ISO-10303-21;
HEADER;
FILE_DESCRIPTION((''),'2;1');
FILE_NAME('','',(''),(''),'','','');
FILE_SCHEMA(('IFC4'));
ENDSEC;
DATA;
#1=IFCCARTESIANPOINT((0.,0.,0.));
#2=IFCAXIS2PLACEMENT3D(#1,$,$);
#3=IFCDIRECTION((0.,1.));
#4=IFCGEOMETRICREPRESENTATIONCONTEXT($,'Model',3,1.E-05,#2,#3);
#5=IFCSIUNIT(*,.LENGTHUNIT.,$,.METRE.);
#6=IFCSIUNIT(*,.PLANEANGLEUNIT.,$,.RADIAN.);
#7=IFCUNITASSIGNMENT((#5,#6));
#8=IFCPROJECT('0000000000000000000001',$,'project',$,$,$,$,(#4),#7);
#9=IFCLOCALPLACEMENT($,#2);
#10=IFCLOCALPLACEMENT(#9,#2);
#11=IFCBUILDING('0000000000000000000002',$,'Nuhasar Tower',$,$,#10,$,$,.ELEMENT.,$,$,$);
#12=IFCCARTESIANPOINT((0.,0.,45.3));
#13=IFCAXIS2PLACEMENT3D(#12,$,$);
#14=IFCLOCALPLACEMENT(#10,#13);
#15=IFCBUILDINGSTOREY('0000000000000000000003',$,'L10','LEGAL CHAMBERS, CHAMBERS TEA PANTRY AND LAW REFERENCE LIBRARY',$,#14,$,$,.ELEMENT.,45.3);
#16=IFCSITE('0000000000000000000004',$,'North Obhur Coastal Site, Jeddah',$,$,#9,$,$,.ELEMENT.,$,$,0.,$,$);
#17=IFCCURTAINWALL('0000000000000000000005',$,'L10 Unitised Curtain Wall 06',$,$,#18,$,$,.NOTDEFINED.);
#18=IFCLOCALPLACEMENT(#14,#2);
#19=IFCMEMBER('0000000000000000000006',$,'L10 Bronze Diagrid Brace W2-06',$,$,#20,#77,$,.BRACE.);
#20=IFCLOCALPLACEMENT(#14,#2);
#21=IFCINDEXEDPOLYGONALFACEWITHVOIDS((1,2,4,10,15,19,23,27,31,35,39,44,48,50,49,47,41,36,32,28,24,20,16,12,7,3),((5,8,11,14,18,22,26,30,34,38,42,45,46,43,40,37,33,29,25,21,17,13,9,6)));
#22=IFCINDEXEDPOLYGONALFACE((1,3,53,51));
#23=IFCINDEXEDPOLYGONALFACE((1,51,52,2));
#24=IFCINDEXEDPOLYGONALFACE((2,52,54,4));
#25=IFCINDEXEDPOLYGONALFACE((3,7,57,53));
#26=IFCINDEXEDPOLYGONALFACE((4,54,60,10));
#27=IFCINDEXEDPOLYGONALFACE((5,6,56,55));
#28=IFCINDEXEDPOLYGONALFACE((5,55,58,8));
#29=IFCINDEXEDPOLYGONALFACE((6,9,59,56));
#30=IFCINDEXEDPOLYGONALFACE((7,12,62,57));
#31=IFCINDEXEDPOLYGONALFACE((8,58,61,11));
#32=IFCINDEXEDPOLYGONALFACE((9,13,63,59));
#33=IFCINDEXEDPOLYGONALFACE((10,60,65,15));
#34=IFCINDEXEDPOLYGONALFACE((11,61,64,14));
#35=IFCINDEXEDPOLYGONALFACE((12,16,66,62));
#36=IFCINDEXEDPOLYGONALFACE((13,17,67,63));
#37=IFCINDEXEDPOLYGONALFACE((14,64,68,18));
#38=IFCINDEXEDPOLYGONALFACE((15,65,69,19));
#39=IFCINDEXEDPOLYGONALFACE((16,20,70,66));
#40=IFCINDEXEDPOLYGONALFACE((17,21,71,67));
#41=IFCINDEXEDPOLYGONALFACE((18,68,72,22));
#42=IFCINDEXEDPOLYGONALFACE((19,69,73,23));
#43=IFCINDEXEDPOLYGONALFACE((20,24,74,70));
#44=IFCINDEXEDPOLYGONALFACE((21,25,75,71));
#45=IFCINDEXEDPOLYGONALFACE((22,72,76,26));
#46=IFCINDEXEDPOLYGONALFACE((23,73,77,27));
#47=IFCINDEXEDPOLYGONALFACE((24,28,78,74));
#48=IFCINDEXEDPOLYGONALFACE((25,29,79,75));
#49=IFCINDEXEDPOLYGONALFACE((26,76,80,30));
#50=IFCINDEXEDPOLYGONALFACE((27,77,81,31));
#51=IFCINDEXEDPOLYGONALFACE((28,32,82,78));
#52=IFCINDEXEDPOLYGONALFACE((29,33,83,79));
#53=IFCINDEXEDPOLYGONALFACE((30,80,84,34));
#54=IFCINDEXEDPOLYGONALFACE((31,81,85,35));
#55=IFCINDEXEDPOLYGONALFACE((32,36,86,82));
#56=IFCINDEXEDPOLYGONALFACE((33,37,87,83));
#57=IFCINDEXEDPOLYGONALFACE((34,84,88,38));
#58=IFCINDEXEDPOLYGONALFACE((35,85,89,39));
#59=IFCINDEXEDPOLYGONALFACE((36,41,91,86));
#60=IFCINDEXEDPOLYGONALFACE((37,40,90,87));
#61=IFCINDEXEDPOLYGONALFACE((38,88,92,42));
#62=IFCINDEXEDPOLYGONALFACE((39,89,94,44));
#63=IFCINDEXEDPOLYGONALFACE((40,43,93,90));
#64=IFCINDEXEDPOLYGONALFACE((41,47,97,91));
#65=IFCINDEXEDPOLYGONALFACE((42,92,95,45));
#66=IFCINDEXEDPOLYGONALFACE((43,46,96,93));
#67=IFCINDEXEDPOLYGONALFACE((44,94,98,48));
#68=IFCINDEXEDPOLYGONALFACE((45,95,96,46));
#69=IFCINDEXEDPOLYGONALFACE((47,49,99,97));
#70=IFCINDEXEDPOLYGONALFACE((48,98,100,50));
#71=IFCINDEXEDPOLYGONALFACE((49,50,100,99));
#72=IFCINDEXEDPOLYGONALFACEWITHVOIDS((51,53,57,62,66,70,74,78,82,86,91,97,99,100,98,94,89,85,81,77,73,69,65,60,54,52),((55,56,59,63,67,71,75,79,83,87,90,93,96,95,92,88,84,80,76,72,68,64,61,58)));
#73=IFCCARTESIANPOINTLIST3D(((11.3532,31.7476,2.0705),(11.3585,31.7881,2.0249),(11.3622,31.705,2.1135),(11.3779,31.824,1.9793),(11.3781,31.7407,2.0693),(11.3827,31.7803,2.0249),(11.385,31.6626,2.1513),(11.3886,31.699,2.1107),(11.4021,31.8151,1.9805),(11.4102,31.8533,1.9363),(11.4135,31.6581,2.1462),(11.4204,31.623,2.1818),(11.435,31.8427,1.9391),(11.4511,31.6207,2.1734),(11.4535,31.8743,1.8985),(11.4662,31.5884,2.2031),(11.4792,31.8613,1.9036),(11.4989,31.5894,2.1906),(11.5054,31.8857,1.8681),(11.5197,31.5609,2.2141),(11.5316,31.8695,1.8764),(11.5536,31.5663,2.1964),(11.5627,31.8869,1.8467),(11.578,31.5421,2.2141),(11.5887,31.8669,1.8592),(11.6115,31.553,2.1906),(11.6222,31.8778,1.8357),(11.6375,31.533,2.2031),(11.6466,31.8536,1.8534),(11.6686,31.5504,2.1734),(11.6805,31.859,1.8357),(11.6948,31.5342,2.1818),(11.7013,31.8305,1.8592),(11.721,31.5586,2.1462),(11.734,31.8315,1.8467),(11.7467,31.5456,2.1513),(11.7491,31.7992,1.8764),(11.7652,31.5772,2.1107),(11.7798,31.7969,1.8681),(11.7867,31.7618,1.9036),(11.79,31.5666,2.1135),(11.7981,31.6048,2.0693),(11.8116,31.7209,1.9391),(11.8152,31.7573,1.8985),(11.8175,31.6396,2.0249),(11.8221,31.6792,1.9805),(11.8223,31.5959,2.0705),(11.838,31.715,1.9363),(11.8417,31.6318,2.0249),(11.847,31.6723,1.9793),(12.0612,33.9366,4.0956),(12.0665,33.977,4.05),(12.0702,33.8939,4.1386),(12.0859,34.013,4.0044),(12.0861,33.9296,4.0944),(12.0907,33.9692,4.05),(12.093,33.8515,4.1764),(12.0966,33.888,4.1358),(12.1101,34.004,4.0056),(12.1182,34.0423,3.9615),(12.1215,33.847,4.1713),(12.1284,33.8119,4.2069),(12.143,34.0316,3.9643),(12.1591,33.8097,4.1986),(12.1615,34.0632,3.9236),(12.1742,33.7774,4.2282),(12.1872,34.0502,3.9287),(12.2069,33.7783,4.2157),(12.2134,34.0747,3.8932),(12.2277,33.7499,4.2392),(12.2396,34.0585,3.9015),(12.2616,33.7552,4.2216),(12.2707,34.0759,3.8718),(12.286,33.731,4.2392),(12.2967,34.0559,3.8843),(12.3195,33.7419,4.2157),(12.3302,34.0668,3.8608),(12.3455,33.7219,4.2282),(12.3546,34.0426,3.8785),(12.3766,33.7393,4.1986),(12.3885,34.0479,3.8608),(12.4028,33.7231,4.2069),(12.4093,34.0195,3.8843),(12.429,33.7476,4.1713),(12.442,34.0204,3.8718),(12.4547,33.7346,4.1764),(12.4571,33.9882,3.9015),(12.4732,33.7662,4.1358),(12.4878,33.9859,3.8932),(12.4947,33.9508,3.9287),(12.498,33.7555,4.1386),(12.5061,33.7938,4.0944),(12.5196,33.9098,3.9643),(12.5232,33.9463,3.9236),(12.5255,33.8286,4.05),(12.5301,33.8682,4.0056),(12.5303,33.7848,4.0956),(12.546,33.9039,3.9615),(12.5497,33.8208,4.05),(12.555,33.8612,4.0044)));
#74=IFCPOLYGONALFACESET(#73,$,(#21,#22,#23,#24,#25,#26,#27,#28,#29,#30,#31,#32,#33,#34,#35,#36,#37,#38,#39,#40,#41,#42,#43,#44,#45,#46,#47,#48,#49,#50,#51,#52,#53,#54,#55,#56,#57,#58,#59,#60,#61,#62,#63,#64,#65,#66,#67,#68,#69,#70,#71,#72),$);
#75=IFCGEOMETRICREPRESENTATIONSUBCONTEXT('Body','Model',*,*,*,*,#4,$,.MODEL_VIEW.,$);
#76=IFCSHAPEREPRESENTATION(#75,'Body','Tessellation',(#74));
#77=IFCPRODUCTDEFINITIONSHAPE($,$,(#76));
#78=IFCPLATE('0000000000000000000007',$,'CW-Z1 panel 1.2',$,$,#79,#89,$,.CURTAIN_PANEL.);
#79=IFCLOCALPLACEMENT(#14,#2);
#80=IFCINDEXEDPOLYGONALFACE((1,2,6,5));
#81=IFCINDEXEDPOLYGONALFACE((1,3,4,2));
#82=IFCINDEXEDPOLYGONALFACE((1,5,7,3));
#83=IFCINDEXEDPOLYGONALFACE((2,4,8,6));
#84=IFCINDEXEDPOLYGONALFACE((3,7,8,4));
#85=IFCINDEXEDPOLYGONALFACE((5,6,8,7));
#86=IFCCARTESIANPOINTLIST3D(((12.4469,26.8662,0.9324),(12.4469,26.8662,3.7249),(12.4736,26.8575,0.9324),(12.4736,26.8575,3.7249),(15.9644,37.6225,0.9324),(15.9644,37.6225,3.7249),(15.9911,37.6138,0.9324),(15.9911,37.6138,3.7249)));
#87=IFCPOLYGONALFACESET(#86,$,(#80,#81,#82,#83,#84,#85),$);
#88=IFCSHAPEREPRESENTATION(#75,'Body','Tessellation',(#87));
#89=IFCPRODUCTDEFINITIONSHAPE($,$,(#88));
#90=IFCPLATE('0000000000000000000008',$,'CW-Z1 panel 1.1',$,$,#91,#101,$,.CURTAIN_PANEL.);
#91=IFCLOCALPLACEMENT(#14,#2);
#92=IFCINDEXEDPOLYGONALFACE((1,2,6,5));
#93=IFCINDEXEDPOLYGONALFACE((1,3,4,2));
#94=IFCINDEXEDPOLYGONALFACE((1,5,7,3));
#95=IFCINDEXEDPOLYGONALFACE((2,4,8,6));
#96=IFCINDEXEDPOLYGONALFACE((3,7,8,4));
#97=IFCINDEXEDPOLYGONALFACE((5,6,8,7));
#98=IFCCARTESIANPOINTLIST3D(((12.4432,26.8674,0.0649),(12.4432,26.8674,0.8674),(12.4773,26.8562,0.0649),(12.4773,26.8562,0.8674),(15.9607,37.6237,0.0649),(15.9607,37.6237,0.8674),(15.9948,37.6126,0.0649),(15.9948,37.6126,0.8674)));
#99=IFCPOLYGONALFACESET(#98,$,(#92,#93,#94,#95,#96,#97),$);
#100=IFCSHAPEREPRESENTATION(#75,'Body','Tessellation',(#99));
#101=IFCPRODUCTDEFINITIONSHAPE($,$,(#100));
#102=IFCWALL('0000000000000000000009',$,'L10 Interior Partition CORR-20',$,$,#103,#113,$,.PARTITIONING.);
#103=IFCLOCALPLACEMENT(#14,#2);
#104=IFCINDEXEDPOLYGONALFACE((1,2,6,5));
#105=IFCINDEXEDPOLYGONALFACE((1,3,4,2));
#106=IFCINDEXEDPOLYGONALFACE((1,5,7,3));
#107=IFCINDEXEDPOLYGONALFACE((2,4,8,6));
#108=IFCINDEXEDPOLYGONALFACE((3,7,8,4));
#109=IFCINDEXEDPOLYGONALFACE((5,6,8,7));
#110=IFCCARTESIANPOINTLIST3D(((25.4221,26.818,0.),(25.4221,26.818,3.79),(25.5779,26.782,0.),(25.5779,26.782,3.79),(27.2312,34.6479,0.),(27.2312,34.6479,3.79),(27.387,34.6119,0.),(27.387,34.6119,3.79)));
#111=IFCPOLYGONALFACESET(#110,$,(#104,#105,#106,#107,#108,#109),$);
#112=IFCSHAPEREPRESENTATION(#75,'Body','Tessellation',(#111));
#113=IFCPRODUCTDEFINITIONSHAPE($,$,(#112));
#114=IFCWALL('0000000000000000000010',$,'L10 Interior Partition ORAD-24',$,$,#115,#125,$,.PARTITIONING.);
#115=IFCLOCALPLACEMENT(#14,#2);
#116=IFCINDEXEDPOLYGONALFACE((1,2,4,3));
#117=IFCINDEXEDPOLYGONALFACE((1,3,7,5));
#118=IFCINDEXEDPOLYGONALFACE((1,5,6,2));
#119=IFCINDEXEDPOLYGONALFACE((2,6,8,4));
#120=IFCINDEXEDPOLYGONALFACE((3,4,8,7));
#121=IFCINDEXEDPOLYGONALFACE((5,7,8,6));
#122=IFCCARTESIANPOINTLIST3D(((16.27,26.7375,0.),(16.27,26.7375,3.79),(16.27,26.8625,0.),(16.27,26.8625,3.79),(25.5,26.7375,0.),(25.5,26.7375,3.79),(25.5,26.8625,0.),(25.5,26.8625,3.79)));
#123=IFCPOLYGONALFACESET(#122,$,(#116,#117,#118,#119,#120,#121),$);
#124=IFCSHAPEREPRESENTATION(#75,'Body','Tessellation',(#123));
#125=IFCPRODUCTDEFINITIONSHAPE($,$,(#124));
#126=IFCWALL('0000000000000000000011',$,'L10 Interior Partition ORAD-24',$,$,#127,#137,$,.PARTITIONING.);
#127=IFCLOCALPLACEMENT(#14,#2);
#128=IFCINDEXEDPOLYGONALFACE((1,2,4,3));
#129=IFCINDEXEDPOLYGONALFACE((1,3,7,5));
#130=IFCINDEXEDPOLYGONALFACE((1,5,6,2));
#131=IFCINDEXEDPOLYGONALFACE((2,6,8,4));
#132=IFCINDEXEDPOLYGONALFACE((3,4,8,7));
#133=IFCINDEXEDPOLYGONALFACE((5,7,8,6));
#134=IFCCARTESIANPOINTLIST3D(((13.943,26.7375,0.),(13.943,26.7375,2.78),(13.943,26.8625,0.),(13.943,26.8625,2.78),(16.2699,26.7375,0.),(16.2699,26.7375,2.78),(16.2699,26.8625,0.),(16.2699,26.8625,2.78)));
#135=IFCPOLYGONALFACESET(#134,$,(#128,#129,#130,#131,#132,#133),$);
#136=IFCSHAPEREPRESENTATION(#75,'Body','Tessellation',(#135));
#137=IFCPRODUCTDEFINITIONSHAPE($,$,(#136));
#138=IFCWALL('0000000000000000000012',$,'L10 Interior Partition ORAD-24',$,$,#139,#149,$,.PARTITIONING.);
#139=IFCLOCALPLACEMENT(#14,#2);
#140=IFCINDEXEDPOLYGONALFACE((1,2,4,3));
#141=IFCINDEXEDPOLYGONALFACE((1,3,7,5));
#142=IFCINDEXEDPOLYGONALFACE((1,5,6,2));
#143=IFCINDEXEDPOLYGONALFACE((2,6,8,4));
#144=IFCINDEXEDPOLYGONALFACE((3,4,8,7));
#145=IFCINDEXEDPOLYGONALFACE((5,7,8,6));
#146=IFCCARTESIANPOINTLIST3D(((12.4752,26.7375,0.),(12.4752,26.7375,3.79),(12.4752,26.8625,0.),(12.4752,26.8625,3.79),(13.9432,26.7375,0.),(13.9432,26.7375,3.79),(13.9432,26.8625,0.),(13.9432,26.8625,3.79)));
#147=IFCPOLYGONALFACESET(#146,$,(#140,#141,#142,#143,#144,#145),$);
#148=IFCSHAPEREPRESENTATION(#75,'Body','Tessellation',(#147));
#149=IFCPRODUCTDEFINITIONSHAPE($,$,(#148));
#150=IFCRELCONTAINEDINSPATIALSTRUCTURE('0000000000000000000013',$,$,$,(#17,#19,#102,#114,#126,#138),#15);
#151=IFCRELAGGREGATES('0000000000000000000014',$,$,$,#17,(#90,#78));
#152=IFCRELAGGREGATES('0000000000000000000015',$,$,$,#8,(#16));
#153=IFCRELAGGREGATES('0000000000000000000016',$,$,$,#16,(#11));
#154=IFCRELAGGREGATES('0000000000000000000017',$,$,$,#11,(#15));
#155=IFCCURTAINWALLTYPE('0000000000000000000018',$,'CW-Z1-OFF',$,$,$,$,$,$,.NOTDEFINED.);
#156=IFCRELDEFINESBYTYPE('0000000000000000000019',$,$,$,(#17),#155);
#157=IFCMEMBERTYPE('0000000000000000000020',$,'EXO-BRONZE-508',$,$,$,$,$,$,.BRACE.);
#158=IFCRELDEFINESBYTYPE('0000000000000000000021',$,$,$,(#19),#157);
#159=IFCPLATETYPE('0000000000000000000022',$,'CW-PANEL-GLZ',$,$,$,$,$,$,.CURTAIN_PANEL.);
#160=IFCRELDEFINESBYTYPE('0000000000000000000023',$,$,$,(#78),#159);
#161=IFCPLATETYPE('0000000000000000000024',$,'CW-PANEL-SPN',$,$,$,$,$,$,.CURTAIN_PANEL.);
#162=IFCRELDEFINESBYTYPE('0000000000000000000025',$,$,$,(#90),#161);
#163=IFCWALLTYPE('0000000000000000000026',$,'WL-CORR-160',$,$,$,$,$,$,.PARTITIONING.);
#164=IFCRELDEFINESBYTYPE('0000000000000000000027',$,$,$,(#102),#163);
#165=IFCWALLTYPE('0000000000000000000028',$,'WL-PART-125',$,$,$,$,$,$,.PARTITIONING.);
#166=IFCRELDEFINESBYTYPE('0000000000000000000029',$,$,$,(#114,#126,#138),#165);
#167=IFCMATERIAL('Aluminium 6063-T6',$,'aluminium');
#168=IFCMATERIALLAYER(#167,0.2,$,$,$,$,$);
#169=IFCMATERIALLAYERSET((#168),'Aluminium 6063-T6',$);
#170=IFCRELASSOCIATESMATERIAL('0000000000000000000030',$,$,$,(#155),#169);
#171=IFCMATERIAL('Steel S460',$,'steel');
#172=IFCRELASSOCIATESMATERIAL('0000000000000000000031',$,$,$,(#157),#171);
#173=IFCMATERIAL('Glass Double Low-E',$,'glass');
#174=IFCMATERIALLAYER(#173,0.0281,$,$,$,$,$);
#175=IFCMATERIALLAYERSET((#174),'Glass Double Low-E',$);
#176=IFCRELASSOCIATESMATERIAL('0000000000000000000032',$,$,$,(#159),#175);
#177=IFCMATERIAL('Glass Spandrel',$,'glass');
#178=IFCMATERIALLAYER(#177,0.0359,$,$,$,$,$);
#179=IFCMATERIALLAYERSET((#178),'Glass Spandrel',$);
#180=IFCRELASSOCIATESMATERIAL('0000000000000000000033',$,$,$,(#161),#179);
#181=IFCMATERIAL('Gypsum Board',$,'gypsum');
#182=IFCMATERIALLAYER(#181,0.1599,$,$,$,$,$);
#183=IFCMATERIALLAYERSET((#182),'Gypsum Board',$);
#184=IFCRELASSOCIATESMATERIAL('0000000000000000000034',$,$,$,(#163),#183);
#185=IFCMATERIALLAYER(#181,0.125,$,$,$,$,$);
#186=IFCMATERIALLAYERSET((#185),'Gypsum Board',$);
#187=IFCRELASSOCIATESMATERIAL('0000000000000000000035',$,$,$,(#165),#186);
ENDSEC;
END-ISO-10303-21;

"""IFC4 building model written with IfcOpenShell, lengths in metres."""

from ifc_helpers import new_model, si_unit, direction, frame, frame_2d, origin, origin_2d, place, context, subcontext, project, spatial, rectangle, hollow_circle, extrude, material, layer, layer_set, material_profile, profile_set, type_object, element, aggregate, save


model = new_model("IFC4")

# Units and contexts
model_context = context("Model", 3, precision=1e-05, world=origin(), true_north=direction((0.0, 1.0)))
body_context = subcontext(model_context, "Body", "Model", "MODEL_VIEW")
ifc_project = project(units=[si_unit("LENGTHUNIT", "METRE"), si_unit("PLANEANGLEUNIT", "RADIAN")], contexts=[model_context])

# Site, building, storey
site_placement = place(None, origin())
site = spatial("IfcSite", under=ifc_project, at=site_placement, Name="North Obhur Coastal Site, Jeddah", CompositionType="ELEMENT", RefElevation=0.0)
building_placement = place(site_placement, origin())
building = spatial("IfcBuilding", under=site, at=building_placement, Name="Nuhasar Tower", CompositionType="ELEMENT")
storey_placement = place(building_placement, frame((0.0, 0.0, 45.3)))
storey = spatial("IfcBuildingStorey", under=building, at=storey_placement, Name="L10", Description="LEGAL CHAMBERS, CHAMBERS TEA PANTRY AND LAW REFERENCE LIBRARY", CompositionType="ELEMENT", Elevation=45.3)

# Curtain wall
ifc_material_1 = material(Name="Aluminium 6063-T6", Category="aluminium")
ifc_layer_1 = layer(ifc_material_1, 0.2)
ifc_layer_set_1 = layer_set([ifc_layer_1], Name="Aluminium 6063-T6")
curtain_wall_type = type_object("IfcCurtainWallType", Name="CW-Z1-OFF", PredefinedType="NOTDEFINED", material=ifc_layer_set_1)
curtain_wall_1_placement = place(storey_placement, origin())
curtain_wall_1 = element("IfcCurtainWall", 1, at=curtain_wall_1_placement, inside=storey, type_object=curtain_wall_type, Name="L10 Unitised Curtain Wall 06", PredefinedType="NOTDEFINED")

# Member
ifc_material_2 = material(Name="Steel S460", Category="steel")
ifc_material_profile_1 = material_profile(ifc_material_2, hollow_circle(Radius=0.2539, WallThickness=0.0254, at=origin_2d()), Name="HSS508X25.4")
ifc_profile_set_1 = profile_set([ifc_material_profile_1], Name="Steel S460")
member_type_1 = type_object("IfcMemberType", Name="EXO-BRONZE-508", PredefinedType="BRACE", material=ifc_profile_set_1)
member_1_placement = place(storey_placement, frame((11.6001, 31.71, 2.0249), z_axis=(0.231, 0.714187, 0.660739), x_axis=(-0.951468, 0.307747, 0.0)))
element("IfcMember", 2, at=member_1_placement, inside=storey, type_object=member_type_1, Name="L10 Bronze Diagrid Brace W2-06", PredefinedType="BRACE", context=body_context, shape_type="SweptSolid", body=[
    extrude(hollow_circle(Radius=0.2539, WallThickness=0.0254, at=origin_2d()), origin(), (0.0, 0.0, 1.0), 3.0649),
])

# Plates
ifc_material_3 = material(Name="Glass Double Low-E", Category="glass")
ifc_layer_2 = layer(ifc_material_3, 0.0281)
ifc_layer_set_2 = layer_set([ifc_layer_2], Name="Glass Double Low-E")
plate_type_1 = type_object("IfcPlateType", Name="CW-PANEL-GLZ", PredefinedType="CURTAIN_PANEL", material=ifc_layer_set_2)
plate_1_placement = place(storey_placement, frame((14.219, 32.24, 0.9324), z_axis=(0.0, 0.0, 1.0), x_axis=(-0.310824, -0.950468, 0.0)))
plate_1 = element("IfcPlate", 3, at=plate_1_placement, type_object=plate_type_1, Name="CW-Z1 panel 1.2", PredefinedType="CURTAIN_PANEL", context=body_context, shape_type="SweptSolid", body=[
    extrude(rectangle(XDim=11.3169, YDim=0.0281, at=origin_2d()), origin(), (0.0, 0.0, 1.0), 2.7925),
])
ifc_material_4 = material(Name="Glass Spandrel", Category="glass")
ifc_layer_3 = layer(ifc_material_4, 0.0359)
ifc_layer_set_3 = layer_set([ifc_layer_3], Name="Glass Spandrel")
plate_type_2 = type_object("IfcPlateType", Name="CW-PANEL-SPN", PredefinedType="CURTAIN_PANEL", material=ifc_layer_set_3)
plate_2_placement = place(storey_placement, frame((14.219, 32.24, 0.0649), z_axis=(0.0, 0.0, 1.0), x_axis=(-0.310824, -0.950468, 0.0)))
plate_2 = element("IfcPlate", 4, at=plate_2_placement, type_object=plate_type_2, Name="CW-Z1 panel 1.1", PredefinedType="CURTAIN_PANEL", context=body_context, shape_type="SweptSolid", body=[
    extrude(rectangle(XDim=11.3169, YDim=0.0359, at=origin_2d()), origin(), (0.0, 0.0, 1.0), 0.8025),
])
aggregate(curtain_wall_1, [plate_2, plate_1])

# Shared definitions
ifc_material_5 = material(Name="Gypsum Board", Category="gypsum")
ifc_layer_4 = layer(ifc_material_5, 0.1599)
ifc_layer_set_4 = layer_set([ifc_layer_4], Name="Gypsum Board")
wall_type_1 = type_object("IfcWallType", Name="WL-CORR-160", PredefinedType="PARTITIONING", material=ifc_layer_set_4)

# Walls
wall_1_placement = place(storey_placement, frame((27.3091, 34.6299, 0.0), z_axis=(0.0, 0.0, 1.0), x_axis=(-0.225119, -0.974331, 0.0)))
element("IfcWall", 5, at=wall_1_placement, inside=storey, type_object=wall_type_1, Name="L10 Interior Partition CORR-20", PredefinedType="PARTITIONING", context=body_context, shape_type="SweptSolid", body=[
    extrude(rectangle(XDim=8.0361, YDim=0.1599, at=frame_2d((4.0181, 0.0))), origin(), (0.0, 0.0, 1.0), 3.79),
])
ifc_layer_5 = layer(ifc_material_5, 0.125)
ifc_layer_set_5 = layer_set([ifc_layer_5], Name="Gypsum Board")
wall_type_2 = type_object("IfcWallType", Name="WL-PART-125", PredefinedType="PARTITIONING", material=ifc_layer_set_5)
wall_2_placement = place(storey_placement, frame((25.5, 26.8, 0.0), z_axis=(0.0, 0.0, 1.0), x_axis=(-1.0, 0.0, 0.0)))
element("IfcWall", 6, at=wall_2_placement, inside=storey, type_object=wall_type_2, Name="L10 Interior Partition ORAD-24", PredefinedType="PARTITIONING", context=body_context, shape_type="SweptSolid", body=[
    extrude(rectangle(XDim=9.23, YDim=0.125, at=frame_2d((4.615, 0.0))), origin(), (0.0, 0.0, 1.0), 3.79),
])
wall_3_placement = place(storey_placement, frame((16.27, 26.8, 0.0), z_axis=(0.0, 0.0, 1.0), x_axis=(-1.0, 0.0, 0.0)))
element("IfcWall", 7, at=wall_3_placement, inside=storey, type_object=wall_type_2, Name="L10 Interior Partition ORAD-24", PredefinedType="PARTITIONING", context=body_context, shape_type="SweptSolid", body=[
    extrude(rectangle(XDim=2.3269, YDim=0.125, at=frame_2d((1.1636, 0.0))), origin(), (0.0, 0.0, 1.0), 2.78),
])
wall_4_placement = place(storey_placement, frame((13.9431, 26.8, 0.0), z_axis=(0.0, 0.0, 1.0), x_axis=(-1.0, 0.0, 0.0)))
element("IfcWall", 8, at=wall_4_placement, inside=storey, type_object=wall_type_2, Name="L10 Interior Partition ORAD-24", PredefinedType="PARTITIONING", context=body_context, shape_type="SweptSolid", body=[
    extrude(rectangle(XDim=1.468, YDim=0.125, at=frame_2d((0.7339, 0.0))), origin(), (0.0, 0.0, 1.0), 3.79),
])

save(model, "model.ifc")
